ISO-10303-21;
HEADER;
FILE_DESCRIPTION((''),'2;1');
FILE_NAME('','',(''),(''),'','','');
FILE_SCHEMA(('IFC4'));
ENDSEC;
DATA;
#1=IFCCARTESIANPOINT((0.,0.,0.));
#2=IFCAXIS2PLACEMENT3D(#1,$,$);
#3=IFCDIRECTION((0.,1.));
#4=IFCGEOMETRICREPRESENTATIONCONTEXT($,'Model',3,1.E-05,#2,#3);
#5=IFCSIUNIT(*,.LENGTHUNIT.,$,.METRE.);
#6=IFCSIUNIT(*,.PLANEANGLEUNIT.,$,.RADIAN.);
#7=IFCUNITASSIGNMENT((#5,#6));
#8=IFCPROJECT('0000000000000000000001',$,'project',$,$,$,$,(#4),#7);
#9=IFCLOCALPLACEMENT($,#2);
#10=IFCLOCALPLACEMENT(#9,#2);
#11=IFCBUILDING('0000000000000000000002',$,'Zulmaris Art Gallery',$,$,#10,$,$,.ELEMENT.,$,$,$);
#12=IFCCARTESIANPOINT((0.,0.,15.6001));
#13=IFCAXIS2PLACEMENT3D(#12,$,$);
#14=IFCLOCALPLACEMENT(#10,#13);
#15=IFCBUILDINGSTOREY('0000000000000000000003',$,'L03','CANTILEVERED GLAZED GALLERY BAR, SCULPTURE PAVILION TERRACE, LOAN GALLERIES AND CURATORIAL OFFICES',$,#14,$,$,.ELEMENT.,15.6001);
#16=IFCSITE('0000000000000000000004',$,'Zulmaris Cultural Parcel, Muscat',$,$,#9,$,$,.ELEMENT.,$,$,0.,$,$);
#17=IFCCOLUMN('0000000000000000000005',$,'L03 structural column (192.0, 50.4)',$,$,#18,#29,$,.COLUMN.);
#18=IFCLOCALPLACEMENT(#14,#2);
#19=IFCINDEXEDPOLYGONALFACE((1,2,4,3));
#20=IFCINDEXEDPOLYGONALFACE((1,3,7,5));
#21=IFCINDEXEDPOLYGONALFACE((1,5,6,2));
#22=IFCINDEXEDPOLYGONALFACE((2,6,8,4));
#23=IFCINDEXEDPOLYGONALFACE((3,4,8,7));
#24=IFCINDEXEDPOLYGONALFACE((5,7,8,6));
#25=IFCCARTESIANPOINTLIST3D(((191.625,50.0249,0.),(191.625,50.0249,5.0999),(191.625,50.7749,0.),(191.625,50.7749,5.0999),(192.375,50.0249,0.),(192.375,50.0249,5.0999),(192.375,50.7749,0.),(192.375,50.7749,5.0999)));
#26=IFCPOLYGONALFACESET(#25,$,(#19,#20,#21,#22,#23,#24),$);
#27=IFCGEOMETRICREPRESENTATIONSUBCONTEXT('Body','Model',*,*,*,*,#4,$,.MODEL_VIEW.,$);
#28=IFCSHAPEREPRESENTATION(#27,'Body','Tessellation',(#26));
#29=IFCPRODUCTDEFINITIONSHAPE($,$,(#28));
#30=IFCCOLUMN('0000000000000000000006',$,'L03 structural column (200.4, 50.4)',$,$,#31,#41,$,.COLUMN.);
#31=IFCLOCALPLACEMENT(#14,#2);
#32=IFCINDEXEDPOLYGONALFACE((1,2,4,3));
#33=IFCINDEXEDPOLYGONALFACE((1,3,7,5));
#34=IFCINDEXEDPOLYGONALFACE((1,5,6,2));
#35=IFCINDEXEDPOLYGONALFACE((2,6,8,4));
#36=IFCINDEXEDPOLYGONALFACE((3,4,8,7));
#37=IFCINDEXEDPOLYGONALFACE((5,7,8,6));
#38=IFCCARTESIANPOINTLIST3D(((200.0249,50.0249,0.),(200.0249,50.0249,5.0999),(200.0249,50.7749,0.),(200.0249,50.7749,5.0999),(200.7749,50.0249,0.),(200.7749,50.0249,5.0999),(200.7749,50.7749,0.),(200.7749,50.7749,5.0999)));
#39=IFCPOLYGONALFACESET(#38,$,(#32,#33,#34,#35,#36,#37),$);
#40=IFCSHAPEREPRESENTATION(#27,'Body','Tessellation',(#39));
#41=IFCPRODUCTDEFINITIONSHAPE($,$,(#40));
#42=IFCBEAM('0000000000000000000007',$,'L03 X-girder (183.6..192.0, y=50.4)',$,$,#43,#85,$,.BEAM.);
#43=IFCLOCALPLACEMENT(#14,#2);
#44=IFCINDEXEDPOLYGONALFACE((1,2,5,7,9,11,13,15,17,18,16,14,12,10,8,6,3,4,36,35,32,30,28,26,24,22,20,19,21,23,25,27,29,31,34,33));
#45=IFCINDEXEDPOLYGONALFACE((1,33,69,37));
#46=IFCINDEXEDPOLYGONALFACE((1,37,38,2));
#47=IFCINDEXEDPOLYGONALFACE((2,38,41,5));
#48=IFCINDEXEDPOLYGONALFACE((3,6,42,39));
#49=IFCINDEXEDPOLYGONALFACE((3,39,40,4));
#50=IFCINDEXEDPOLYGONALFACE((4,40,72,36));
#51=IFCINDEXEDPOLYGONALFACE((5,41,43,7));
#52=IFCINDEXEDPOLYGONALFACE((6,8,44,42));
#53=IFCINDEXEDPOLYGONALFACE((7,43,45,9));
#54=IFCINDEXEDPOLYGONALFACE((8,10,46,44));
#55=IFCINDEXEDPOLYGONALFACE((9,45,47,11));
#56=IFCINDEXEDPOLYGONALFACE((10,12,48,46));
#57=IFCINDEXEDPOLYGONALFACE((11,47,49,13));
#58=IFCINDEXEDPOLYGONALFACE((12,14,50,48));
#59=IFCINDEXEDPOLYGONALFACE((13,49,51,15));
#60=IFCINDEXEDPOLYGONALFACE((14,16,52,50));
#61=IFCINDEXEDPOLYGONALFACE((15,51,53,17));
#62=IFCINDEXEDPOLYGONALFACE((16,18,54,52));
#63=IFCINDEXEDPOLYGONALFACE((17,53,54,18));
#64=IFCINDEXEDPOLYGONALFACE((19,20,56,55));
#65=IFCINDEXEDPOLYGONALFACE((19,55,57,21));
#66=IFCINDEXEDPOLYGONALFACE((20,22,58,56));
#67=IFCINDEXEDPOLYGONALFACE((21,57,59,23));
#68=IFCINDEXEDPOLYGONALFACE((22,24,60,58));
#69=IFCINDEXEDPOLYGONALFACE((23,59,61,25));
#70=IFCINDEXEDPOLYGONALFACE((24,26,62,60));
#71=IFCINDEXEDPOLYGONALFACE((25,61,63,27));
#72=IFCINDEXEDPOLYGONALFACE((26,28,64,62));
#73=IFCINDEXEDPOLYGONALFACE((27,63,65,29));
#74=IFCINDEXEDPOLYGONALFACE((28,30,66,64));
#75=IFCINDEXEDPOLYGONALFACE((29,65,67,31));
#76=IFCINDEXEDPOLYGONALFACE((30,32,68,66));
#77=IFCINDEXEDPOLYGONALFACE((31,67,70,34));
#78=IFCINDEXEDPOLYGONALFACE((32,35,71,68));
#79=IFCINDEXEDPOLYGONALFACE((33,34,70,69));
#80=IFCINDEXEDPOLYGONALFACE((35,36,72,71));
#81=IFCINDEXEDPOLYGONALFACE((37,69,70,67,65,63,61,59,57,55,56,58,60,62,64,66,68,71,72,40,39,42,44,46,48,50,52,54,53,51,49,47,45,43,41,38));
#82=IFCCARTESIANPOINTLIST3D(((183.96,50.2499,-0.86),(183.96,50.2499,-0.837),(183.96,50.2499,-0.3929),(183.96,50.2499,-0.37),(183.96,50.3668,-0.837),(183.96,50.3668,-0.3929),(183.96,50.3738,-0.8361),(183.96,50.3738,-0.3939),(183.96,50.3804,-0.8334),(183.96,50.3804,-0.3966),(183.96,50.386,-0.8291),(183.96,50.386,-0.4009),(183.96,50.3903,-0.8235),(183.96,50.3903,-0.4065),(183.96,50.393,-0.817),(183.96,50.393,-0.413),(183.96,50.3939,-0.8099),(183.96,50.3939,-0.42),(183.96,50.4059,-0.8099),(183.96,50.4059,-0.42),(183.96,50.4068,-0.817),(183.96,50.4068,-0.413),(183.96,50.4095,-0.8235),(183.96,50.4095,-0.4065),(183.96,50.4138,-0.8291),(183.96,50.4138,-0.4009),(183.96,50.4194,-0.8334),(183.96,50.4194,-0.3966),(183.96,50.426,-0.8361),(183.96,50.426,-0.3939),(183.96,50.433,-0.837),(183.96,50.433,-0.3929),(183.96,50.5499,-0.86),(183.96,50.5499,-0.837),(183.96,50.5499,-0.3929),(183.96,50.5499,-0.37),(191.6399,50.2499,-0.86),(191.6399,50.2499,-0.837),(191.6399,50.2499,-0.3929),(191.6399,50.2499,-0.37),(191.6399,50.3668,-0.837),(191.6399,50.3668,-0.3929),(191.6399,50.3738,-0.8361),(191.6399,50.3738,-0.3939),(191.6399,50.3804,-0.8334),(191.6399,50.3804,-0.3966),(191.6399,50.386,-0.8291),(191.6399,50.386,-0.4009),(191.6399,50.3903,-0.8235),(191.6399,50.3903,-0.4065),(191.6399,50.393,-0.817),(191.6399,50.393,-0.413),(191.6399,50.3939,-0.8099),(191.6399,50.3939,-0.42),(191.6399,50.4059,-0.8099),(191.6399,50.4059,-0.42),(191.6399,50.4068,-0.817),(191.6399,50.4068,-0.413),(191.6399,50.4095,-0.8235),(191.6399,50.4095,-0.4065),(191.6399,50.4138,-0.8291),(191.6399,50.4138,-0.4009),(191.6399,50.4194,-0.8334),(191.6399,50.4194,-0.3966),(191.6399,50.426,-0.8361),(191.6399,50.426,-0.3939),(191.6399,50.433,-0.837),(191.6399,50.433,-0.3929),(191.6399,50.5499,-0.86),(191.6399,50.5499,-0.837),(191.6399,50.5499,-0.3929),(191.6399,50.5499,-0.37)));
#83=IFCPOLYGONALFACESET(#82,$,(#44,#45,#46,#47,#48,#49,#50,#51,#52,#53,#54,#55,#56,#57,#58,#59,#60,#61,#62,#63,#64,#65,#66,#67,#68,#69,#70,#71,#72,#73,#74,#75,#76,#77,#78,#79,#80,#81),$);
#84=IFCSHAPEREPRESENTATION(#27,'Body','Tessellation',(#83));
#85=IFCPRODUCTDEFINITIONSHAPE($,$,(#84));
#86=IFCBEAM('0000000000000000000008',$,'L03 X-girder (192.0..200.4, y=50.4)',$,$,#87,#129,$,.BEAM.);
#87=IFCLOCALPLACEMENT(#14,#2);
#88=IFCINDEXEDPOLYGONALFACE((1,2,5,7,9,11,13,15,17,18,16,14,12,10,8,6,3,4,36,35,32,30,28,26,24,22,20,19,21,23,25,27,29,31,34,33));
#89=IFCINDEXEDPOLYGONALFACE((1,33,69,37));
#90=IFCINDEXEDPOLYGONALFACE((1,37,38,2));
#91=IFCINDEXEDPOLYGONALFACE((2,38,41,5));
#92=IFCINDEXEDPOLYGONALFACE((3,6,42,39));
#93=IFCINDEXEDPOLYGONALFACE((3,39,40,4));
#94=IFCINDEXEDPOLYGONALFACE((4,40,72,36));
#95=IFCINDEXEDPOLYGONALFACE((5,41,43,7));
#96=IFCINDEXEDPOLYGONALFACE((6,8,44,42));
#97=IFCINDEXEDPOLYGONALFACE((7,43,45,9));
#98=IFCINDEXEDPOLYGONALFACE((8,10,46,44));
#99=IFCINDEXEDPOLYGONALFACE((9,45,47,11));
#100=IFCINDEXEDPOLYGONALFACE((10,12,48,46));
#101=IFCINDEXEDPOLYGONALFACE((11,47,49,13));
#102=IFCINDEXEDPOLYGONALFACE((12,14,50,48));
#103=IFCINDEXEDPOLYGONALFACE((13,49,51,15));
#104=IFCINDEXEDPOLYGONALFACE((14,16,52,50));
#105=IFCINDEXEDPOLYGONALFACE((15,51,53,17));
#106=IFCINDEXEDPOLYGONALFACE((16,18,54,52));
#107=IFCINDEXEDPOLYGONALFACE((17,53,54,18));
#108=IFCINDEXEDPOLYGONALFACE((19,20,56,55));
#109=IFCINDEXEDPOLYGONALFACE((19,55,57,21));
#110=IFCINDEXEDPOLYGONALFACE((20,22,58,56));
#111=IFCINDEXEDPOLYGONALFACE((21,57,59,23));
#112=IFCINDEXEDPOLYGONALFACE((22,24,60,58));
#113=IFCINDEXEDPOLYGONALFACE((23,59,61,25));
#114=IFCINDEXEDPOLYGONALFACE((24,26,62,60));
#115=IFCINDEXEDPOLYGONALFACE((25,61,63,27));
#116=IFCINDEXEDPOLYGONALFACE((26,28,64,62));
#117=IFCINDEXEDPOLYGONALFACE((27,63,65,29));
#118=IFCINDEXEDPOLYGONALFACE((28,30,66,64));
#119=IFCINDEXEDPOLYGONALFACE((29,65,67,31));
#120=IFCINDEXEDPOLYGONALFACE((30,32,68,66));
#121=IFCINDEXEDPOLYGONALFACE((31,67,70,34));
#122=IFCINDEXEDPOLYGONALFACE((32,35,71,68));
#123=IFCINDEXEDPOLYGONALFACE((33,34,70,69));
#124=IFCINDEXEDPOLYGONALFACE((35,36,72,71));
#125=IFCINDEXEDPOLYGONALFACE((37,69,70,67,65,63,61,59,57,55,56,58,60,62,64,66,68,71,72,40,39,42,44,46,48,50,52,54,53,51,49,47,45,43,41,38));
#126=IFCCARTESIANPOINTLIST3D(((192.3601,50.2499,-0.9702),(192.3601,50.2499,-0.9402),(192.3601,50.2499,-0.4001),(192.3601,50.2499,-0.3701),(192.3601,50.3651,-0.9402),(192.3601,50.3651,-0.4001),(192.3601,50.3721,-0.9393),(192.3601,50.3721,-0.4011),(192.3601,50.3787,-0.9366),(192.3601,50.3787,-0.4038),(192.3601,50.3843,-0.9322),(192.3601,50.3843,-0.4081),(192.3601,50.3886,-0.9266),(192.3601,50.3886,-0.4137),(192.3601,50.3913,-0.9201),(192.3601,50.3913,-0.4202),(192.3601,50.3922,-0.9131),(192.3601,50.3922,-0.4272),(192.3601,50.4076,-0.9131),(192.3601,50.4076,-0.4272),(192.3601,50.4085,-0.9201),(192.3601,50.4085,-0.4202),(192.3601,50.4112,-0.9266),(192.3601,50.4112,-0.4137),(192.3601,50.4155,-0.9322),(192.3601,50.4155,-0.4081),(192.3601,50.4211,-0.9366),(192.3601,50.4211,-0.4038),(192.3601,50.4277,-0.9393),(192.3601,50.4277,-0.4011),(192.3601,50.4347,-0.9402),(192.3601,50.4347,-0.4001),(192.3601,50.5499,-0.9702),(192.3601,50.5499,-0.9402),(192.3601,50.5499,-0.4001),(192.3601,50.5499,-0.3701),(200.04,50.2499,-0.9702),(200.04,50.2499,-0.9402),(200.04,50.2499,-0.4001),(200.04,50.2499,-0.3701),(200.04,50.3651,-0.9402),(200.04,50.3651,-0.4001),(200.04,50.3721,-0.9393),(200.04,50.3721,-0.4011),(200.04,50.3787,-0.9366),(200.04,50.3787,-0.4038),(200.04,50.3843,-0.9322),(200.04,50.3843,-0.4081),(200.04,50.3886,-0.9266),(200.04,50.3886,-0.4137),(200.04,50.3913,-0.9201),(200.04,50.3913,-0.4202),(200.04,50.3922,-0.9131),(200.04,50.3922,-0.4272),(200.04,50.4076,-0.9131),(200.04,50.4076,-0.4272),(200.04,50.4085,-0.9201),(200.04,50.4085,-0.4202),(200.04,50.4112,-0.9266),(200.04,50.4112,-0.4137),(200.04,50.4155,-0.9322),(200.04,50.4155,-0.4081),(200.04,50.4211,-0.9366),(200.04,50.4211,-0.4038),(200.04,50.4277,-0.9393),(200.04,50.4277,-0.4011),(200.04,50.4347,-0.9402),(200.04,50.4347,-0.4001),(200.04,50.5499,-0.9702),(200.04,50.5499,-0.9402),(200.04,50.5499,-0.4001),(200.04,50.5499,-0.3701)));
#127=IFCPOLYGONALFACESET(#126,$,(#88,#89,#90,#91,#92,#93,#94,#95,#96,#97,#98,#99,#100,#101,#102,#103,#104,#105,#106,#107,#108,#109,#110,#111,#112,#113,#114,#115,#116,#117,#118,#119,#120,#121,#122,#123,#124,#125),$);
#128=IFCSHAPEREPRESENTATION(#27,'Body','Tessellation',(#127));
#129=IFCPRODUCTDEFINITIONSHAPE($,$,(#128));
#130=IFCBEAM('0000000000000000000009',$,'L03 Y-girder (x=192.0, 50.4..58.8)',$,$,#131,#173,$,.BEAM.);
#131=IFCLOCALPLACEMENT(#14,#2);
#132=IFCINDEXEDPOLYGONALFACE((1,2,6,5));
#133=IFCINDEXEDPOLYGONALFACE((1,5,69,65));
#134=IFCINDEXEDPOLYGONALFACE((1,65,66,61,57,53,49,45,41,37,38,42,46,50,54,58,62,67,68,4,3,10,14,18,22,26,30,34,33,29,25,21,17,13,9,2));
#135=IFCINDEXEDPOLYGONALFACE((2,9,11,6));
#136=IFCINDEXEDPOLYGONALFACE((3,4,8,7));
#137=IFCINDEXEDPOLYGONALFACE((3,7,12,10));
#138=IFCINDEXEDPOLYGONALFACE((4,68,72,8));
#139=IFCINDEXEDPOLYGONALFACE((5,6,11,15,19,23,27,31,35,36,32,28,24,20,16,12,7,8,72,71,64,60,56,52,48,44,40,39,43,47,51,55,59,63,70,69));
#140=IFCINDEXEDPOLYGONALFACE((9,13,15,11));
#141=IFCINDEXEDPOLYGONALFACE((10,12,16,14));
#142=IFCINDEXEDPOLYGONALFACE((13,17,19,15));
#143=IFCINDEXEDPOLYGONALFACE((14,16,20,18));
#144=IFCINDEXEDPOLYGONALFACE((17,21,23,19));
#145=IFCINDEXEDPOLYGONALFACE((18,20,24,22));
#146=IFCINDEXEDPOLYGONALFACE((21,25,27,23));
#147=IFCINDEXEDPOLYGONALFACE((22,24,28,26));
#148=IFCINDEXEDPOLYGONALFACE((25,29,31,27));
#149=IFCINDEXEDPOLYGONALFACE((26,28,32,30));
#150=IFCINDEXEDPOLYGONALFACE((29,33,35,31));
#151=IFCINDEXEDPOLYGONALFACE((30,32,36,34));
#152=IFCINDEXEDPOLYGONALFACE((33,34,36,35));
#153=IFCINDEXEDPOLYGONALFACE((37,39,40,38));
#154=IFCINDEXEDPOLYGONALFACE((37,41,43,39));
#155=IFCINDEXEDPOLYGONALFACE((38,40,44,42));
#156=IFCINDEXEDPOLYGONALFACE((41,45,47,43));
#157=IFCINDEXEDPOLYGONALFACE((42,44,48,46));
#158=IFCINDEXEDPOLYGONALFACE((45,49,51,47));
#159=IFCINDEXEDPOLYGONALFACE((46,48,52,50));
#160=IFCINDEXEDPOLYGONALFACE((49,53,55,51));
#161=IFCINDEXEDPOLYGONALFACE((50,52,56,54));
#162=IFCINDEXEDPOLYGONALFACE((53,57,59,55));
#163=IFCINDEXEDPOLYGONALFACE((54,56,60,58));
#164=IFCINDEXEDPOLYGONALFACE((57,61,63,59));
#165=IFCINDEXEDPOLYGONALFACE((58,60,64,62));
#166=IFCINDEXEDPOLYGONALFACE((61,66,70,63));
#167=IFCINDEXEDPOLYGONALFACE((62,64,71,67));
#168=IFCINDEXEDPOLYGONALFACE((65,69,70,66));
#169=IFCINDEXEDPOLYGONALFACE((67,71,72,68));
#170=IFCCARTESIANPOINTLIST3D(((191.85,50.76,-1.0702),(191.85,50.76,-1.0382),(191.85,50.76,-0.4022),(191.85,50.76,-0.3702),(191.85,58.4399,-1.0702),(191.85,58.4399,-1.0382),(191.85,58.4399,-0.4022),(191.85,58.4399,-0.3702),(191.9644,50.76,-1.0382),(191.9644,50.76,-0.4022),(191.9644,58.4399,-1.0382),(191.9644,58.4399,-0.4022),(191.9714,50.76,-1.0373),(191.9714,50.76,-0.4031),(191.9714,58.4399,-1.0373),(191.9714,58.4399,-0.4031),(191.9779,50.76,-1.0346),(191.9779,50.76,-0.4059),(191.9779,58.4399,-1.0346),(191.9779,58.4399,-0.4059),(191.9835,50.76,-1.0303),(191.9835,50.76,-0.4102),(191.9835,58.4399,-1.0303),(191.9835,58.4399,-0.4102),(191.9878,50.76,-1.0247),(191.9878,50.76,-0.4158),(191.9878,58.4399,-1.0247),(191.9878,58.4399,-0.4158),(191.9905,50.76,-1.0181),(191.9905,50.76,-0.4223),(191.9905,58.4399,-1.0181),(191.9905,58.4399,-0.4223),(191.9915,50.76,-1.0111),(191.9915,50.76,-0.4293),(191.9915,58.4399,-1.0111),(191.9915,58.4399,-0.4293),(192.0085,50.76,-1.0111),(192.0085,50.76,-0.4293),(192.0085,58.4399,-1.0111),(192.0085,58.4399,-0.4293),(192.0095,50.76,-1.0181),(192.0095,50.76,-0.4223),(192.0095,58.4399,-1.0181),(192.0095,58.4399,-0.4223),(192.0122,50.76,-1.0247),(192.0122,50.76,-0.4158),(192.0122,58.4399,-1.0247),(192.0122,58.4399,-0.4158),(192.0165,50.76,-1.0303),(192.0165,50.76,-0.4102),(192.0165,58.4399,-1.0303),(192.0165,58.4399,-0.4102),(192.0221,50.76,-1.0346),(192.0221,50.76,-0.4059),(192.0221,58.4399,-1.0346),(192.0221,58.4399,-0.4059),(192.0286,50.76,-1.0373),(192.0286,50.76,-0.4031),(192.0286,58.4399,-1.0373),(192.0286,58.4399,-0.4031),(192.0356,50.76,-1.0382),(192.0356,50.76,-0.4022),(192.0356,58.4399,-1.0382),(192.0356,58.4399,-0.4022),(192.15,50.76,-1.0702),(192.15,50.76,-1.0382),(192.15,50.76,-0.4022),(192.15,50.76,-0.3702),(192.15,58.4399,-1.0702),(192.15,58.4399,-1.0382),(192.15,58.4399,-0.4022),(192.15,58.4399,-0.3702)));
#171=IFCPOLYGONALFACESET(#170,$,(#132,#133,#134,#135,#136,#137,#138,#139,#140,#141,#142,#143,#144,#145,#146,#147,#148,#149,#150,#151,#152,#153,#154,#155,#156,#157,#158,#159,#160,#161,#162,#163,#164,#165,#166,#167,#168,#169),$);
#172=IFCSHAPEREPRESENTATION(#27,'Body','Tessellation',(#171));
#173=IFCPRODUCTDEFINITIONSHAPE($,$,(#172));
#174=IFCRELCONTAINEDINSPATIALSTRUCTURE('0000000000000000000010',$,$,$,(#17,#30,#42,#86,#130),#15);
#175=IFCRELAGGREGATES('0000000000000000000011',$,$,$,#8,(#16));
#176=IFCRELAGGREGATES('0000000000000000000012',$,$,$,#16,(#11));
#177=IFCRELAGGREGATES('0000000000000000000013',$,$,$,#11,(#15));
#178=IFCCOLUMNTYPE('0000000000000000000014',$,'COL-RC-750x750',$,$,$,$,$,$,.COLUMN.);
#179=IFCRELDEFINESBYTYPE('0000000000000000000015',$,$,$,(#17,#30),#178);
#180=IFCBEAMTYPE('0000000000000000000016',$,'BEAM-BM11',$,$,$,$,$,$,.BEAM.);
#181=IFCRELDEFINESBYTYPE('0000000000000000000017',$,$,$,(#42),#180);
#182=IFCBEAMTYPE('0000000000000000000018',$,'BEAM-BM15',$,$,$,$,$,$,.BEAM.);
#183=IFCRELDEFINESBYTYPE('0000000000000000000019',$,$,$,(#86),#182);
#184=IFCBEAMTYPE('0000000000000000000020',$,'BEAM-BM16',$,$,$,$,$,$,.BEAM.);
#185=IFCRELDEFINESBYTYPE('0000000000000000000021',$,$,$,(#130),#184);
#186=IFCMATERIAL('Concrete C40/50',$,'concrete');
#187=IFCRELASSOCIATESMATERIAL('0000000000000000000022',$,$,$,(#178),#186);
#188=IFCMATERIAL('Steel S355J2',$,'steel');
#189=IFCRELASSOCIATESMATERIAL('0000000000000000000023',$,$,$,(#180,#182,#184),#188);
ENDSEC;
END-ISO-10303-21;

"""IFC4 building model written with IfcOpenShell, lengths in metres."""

from ifc_helpers import new_model, si_unit, direction, frame, origin, origin_2d, place, context, subcontext, project, spatial, rectangle, i_section, extrude, material, material_profile, profile_set, type_object, element, save


model = new_model("IFC4")

# Units and contexts
model_context = context("Model", 3, precision=1e-05, world=origin(), true_north=direction((0.0, 1.0)))
body_context = subcontext(model_context, "Body", "Model", "MODEL_VIEW")
ifc_project = project(units=[si_unit("LENGTHUNIT", "METRE"), si_unit("PLANEANGLEUNIT", "RADIAN")], contexts=[model_context])

# Site, building, storey
site_placement = place(None, origin())
site = spatial("IfcSite", under=ifc_project, at=site_placement, Name="Zulmaris Cultural Parcel, Muscat", CompositionType="ELEMENT", RefElevation=0.0)
building_placement = place(site_placement, origin())
building = spatial("IfcBuilding", under=site, at=building_placement, Name="Zulmaris Art Gallery", CompositionType="ELEMENT")
storey_placement = place(building_placement, frame((0.0, 0.0, 15.6001)))
storey = spatial("IfcBuildingStorey", under=building, at=storey_placement, Name="L03", Description="CANTILEVERED GLAZED GALLERY BAR, SCULPTURE PAVILION TERRACE, LOAN GALLERIES AND CURATORIAL OFFICES", CompositionType="ELEMENT", Elevation=15.6001)

# Columns
ifc_material_1 = material(Name="Concrete C40/50", Category="concrete")
ifc_material_profile_1 = material_profile(ifc_material_1, rectangle(XDim=0.75, YDim=0.75, at=origin_2d()), Name="RC 750x750")
ifc_profile_set_1 = profile_set([ifc_material_profile_1], Name="Concrete C40/50")
column_type = type_object("IfcColumnType", Name="COL-RC-750x750", PredefinedType="COLUMN", material=ifc_profile_set_1)
for number, where, z_axis, x_axis, name in (
    (1, (192.0, 50.3999, 0.0), (0.0, 0.0, 1.0), (1.0, 0.0, 0.0), "L03 structural column (192.0, 50.4)"),
    (2, (200.3999, 50.3999, 0.0), (0.0, 0.0, 1.0), (1.0, 0.0, 0.0), "L03 structural column (200.4, 50.4)"),
):
    element("IfcColumn", number, at=place(storey_placement, frame(where, z_axis=z_axis, x_axis=x_axis)), inside=storey, type_object=column_type, Name=name, PredefinedType="COLUMN", context=body_context, shape_type="SweptSolid", body=[
        extrude(rectangle(XDim=0.75, YDim=0.75, at=origin_2d()), origin(), (0.0, 0.0, 1.0), 5.0999),
    ])

# Beams
ifc_material_2 = material(Name="Steel S355J2", Category="steel")
ifc_material_profile_2 = material_profile(ifc_material_2, i_section(OverallWidth=0.3, OverallDepth=0.49, WebThickness=0.012, FlangeThickness=0.0229, FilletRadius=0.0271, at=origin_2d()), Name="HEA 500")
ifc_profile_set_2 = profile_set([ifc_material_profile_2], Name="Steel S355J2")
beam_type_1 = type_object("IfcBeamType", Name="BEAM-BM11", PredefinedType="BEAM", material=ifc_profile_set_2)
beam_1_placement = place(storey_placement, frame((183.96, 50.3999, -0.615), z_axis=(1.0, 0.0, 0.0), x_axis=(0.0, 1.0, 0.0)))
element("IfcBeam", 3, at=beam_1_placement, inside=storey, type_object=beam_type_1, Name="L03 X-girder (183.6..192.0, y=50.4)", PredefinedType="BEAM", context=body_context, shape_type="SweptSolid", body=[
    extrude(i_section(OverallWidth=0.3, OverallDepth=0.49, WebThickness=0.012, FlangeThickness=0.0229, FilletRadius=0.0271, at=origin_2d()), origin(), (0.0, 0.0, 1.0), 7.6799),
])
ifc_material_profile_3 = material_profile(ifc_material_2, i_section(OverallWidth=0.3, OverallDepth=0.6001, WebThickness=0.0154, FlangeThickness=0.03, FilletRadius=0.0271, at=origin_2d()), Name="HEB 600")
ifc_profile_set_3 = profile_set([ifc_material_profile_3], Name="Steel S355J2")
beam_type_2 = type_object("IfcBeamType", Name="BEAM-BM15", PredefinedType="BEAM", material=ifc_profile_set_3)
beam_2_placement = place(storey_placement, frame((192.3601, 50.3999, -0.6702), z_axis=(1.0, 0.0, 0.0), x_axis=(0.0, 1.0, 0.0)))
element("IfcBeam", 4, at=beam_2_placement, inside=storey, type_object=beam_type_2, Name="L03 X-girder (192.0..200.4, y=50.4)", PredefinedType="BEAM", context=body_context, shape_type="SweptSolid", body=[
    extrude(i_section(OverallWidth=0.3, OverallDepth=0.6001, WebThickness=0.0154, FlangeThickness=0.03, FilletRadius=0.0271, at=origin_2d()), origin(), (0.0, 0.0, 1.0), 7.6799),
])
ifc_material_profile_4 = material_profile(ifc_material_2, i_section(OverallWidth=0.3, OverallDepth=0.7, WebThickness=0.0171, FlangeThickness=0.032, FilletRadius=0.0271, at=origin_2d()), Name="HEB 700")
ifc_profile_set_4 = profile_set([ifc_material_profile_4], Name="Steel S355J2")
beam_type_3 = type_object("IfcBeamType", Name="BEAM-BM16", PredefinedType="BEAM", material=ifc_profile_set_4)
beam_3_placement = place(storey_placement, frame((192.0, 50.76, -0.7202), z_axis=(0.0, 1.0, 0.0), x_axis=(-1.0, 0.0, 0.0)))
element("IfcBeam", 5, at=beam_3_placement, inside=storey, type_object=beam_type_3, Name="L03 Y-girder (x=192.0, 50.4..58.8)", PredefinedType="BEAM", context=body_context, shape_type="SweptSolid", body=[
    extrude(i_section(OverallWidth=0.3, OverallDepth=0.7, WebThickness=0.0171, FlangeThickness=0.032, FilletRadius=0.0271, at=origin_2d()), origin(), (0.0, 0.0, 1.0), 7.6799),
])

save(model, "model.ifc")
